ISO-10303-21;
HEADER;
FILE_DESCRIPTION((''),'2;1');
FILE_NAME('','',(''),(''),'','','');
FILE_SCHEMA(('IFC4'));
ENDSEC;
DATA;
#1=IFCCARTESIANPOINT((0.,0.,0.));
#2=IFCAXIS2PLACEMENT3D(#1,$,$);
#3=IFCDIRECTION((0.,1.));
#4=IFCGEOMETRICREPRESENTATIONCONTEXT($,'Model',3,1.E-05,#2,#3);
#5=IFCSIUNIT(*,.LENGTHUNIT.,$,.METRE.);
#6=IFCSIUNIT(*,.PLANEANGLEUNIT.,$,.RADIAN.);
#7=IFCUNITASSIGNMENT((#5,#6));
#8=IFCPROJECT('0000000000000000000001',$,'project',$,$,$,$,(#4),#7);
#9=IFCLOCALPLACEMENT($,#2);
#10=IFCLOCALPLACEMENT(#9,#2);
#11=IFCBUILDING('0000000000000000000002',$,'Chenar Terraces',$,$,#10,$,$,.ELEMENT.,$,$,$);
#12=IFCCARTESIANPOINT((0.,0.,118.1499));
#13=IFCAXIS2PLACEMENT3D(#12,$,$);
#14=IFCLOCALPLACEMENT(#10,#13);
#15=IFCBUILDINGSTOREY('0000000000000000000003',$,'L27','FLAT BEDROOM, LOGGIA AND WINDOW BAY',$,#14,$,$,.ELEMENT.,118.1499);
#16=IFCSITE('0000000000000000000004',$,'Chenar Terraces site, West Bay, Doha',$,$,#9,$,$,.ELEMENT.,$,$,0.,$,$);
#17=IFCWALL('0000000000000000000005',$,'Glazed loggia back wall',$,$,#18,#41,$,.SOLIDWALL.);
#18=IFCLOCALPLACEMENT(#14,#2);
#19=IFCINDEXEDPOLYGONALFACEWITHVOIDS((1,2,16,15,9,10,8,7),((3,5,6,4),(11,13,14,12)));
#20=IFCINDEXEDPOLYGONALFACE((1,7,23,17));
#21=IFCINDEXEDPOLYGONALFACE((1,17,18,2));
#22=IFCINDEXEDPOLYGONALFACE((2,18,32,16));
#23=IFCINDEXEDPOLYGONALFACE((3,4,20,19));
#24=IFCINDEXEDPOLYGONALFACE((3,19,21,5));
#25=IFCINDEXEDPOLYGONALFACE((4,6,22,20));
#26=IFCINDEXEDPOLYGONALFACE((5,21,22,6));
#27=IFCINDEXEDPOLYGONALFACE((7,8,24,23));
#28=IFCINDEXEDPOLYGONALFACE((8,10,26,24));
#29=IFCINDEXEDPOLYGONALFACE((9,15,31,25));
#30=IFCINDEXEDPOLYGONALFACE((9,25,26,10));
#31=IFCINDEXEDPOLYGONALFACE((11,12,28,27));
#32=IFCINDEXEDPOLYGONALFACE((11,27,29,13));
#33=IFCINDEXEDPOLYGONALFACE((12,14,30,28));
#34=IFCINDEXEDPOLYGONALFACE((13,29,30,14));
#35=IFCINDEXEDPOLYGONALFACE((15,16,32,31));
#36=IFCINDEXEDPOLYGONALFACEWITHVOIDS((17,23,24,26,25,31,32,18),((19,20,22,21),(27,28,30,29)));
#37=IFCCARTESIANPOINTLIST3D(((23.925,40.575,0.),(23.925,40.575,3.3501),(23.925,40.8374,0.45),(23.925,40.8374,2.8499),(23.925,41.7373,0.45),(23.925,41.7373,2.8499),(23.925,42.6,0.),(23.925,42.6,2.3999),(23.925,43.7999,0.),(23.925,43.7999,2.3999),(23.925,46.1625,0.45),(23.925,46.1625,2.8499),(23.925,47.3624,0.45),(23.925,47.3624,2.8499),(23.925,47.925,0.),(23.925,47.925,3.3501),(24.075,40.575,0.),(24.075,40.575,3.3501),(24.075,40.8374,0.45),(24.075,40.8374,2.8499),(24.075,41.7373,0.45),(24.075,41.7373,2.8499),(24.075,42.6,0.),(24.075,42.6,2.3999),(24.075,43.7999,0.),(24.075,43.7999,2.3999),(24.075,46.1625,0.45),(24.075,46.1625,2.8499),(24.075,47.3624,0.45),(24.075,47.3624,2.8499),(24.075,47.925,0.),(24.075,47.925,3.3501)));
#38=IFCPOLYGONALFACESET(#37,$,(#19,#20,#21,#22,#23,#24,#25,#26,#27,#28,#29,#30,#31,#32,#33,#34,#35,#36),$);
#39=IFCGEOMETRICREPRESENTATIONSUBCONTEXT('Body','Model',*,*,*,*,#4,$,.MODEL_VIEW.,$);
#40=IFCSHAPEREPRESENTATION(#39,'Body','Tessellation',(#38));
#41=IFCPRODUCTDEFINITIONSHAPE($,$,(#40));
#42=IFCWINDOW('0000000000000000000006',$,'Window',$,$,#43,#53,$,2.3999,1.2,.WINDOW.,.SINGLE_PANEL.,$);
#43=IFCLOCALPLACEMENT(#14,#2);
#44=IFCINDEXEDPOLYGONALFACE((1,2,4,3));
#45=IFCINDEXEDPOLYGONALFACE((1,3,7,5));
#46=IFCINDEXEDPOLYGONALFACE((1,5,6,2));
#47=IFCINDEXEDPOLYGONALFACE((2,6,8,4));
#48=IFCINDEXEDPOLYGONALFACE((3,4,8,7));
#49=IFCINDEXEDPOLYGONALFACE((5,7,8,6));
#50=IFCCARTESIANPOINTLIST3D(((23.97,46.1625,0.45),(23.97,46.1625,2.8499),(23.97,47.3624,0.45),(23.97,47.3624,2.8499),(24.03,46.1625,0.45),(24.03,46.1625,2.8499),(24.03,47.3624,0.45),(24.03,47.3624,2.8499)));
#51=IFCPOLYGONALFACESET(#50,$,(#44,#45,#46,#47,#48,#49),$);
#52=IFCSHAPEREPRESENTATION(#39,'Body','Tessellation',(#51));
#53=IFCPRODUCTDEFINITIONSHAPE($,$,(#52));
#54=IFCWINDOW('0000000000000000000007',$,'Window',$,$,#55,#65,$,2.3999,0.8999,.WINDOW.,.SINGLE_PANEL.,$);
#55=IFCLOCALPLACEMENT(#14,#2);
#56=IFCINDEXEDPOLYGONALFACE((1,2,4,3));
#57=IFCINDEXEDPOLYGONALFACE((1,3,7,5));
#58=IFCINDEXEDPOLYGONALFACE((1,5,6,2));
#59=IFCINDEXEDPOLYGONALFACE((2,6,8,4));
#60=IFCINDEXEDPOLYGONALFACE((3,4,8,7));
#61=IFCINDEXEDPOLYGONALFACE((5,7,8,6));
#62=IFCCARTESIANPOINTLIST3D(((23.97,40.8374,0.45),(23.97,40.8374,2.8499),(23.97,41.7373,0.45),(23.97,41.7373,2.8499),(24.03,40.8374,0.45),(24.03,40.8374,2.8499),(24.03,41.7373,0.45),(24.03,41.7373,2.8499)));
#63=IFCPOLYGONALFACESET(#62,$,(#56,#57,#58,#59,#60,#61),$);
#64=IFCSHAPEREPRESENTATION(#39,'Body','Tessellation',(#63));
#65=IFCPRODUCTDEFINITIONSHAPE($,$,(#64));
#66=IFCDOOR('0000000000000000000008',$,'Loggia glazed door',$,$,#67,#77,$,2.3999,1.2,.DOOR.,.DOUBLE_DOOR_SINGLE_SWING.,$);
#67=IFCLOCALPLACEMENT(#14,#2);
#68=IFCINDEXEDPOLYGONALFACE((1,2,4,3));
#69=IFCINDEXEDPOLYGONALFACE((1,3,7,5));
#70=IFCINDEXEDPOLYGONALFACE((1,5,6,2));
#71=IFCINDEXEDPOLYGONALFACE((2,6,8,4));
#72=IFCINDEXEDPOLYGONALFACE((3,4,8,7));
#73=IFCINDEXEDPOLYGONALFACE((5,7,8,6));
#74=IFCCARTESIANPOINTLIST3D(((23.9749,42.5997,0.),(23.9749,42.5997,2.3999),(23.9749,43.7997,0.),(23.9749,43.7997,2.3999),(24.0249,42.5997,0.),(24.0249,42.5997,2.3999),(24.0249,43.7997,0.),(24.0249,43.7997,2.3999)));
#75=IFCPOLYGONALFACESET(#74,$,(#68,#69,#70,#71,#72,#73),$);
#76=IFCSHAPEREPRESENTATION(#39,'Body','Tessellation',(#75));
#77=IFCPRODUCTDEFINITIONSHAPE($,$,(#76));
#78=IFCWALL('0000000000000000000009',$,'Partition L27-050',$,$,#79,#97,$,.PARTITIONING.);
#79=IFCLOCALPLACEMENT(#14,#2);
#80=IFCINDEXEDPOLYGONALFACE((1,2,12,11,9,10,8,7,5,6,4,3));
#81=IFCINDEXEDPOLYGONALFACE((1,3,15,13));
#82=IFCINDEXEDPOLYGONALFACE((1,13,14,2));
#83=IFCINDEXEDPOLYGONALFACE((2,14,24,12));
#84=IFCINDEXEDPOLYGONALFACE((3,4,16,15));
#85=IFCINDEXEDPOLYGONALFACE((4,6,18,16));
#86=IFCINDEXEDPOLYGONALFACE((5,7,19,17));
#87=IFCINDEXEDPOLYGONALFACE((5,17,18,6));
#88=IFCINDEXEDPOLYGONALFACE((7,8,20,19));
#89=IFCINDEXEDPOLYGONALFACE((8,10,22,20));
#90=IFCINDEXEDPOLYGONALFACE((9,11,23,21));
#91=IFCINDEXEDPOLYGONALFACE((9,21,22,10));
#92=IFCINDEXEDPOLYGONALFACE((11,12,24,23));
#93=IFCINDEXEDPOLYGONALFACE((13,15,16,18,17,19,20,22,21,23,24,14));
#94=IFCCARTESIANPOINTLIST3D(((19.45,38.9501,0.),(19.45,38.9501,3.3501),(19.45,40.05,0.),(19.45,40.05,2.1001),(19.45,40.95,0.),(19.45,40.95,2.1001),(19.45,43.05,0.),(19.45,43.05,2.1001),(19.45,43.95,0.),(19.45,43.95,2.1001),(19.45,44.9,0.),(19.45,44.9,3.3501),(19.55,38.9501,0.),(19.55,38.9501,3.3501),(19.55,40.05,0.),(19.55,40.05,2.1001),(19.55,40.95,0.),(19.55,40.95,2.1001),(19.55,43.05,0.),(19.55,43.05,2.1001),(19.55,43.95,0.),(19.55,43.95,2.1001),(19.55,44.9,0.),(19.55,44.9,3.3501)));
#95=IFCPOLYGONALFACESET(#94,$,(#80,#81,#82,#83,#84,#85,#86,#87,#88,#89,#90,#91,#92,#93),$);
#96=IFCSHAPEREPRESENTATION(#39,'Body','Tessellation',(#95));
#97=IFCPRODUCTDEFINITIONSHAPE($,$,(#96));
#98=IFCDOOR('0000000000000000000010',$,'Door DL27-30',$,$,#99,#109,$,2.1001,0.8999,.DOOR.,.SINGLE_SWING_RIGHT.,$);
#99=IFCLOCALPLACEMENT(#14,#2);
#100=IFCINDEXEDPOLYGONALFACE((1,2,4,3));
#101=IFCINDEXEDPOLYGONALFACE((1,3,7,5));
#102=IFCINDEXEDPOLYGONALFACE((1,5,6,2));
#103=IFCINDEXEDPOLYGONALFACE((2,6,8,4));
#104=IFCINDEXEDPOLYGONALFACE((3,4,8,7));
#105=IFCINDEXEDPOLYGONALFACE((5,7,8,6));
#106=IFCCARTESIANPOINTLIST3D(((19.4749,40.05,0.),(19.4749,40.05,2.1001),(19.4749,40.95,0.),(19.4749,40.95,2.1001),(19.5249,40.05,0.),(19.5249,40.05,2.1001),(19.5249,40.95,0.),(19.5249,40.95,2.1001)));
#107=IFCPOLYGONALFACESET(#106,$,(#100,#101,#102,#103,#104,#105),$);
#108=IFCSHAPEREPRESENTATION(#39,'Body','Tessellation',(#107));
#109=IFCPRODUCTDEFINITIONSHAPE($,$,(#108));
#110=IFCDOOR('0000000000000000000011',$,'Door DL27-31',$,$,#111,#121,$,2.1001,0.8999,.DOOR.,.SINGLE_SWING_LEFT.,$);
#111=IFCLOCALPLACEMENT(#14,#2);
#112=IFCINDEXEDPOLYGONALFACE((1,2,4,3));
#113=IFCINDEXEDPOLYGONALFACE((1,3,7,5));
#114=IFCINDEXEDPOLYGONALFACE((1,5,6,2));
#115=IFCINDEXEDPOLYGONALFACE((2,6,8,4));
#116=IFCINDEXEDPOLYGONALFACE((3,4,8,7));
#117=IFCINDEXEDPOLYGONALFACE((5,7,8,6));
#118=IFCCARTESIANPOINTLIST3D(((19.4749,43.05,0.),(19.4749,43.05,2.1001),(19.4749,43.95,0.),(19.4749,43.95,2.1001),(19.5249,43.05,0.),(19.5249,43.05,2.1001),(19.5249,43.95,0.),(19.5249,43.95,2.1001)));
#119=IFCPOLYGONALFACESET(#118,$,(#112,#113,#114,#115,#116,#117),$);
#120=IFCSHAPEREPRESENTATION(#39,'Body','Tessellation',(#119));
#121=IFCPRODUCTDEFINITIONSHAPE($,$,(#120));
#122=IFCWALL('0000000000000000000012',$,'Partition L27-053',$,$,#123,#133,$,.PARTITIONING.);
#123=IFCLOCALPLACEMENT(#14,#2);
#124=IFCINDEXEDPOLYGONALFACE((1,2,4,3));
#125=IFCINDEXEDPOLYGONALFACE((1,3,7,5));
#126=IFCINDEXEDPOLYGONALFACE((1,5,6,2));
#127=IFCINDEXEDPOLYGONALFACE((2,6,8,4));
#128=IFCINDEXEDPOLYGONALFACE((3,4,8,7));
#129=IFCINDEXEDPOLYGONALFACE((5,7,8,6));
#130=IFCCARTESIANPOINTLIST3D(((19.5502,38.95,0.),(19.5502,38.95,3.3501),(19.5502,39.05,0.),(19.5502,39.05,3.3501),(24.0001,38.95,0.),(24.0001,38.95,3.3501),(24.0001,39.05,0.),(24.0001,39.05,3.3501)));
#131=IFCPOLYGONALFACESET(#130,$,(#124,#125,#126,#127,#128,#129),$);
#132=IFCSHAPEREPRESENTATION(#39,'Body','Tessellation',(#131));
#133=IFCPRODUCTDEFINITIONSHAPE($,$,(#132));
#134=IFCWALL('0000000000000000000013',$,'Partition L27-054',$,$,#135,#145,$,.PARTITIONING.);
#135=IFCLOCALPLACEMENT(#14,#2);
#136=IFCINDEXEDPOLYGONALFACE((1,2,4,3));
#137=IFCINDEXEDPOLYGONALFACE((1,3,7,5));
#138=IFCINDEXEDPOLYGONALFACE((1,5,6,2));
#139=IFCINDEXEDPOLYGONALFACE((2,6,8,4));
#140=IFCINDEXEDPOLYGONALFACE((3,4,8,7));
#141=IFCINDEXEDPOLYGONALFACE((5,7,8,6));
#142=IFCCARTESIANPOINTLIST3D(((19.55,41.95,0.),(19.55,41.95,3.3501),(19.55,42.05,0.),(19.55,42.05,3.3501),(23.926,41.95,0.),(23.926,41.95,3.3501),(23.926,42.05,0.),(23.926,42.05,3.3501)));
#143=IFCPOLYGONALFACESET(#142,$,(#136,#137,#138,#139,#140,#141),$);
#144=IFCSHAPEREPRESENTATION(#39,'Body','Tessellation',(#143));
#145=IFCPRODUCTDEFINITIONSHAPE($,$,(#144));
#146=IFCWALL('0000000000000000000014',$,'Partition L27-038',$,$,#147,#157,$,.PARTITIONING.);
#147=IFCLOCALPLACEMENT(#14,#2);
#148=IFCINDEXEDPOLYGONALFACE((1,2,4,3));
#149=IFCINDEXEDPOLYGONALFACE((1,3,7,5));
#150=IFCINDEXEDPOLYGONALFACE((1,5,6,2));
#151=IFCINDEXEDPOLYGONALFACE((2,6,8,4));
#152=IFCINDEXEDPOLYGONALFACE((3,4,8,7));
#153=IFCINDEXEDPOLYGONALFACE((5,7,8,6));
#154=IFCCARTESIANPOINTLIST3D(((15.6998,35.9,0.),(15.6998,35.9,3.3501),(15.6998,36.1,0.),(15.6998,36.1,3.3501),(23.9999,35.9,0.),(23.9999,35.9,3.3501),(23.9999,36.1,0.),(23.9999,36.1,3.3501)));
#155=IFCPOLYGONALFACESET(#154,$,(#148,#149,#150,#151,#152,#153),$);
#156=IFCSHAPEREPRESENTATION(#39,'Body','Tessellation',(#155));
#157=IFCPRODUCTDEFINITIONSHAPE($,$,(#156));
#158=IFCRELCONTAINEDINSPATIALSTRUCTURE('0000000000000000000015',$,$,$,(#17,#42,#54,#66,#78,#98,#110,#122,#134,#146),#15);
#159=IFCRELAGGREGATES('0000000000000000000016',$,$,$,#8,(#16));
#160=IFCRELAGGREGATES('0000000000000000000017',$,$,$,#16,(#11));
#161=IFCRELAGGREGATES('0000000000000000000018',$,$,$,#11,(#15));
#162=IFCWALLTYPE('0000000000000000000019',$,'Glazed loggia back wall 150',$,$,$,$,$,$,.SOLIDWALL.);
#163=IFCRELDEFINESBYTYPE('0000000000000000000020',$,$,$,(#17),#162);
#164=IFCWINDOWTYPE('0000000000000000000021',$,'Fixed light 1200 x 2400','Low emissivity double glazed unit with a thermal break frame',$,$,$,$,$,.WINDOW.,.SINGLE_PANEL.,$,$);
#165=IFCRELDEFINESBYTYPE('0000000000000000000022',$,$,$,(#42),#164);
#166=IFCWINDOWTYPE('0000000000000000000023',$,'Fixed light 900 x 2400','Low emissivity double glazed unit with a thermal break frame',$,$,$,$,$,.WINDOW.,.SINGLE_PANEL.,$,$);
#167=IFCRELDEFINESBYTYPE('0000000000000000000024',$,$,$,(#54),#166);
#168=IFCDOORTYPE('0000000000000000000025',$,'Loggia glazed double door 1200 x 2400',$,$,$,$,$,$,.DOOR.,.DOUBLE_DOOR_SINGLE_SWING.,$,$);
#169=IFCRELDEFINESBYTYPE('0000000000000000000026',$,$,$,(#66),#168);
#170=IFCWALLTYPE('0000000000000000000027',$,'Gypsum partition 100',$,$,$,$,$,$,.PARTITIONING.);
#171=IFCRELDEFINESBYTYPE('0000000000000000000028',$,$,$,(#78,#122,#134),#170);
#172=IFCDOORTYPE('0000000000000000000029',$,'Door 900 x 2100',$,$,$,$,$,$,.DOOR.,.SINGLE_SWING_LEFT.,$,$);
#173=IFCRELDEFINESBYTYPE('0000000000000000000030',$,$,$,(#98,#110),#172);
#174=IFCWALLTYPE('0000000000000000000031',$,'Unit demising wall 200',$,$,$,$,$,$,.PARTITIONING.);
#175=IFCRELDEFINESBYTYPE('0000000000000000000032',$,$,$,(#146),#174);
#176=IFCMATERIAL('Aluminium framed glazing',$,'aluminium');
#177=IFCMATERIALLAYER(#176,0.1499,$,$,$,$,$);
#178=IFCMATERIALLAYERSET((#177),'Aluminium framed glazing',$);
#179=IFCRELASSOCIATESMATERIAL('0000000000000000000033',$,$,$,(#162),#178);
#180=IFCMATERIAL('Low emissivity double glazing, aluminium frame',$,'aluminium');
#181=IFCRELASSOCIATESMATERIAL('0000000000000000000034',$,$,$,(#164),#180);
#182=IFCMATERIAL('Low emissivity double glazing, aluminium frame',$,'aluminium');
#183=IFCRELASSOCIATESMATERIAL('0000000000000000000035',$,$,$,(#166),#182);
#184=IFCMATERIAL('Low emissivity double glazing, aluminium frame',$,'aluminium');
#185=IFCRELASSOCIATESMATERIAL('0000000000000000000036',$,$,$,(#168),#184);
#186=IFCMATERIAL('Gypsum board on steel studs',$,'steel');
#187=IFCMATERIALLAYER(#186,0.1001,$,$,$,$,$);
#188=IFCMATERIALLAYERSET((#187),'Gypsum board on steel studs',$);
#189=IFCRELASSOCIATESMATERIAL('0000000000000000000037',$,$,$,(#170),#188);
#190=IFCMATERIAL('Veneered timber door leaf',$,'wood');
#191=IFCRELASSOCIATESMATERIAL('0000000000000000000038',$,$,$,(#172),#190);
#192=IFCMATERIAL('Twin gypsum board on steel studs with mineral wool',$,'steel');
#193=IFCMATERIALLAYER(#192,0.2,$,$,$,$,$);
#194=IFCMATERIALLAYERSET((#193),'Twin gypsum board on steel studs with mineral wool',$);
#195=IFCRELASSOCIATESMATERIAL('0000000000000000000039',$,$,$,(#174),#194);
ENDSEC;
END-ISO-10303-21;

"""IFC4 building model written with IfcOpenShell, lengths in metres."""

from ifc_helpers import new_model, si_unit, direction, frame, frame_2d, origin, place, context, subcontext, project, spatial, rectangle, extrude, material, layer, layer_set, type_object, element, fill, save


model = new_model("IFC4")

# Units and contexts
model_context = context("Model", 3, precision=1e-05, world=origin(), true_north=direction((0.0, 1.0)))
body_context = subcontext(model_context, "Body", "Model", "MODEL_VIEW")
ifc_project = project(units=[si_unit("LENGTHUNIT", "METRE"), si_unit("PLANEANGLEUNIT", "RADIAN")], contexts=[model_context])

# Site, building, storey
site_placement = place(None, origin())
site = spatial("IfcSite", under=ifc_project, at=site_placement, Name="Chenar Terraces site, West Bay, Doha", CompositionType="ELEMENT", RefElevation=0.0)
building_placement = place(site_placement, origin())
building = spatial("IfcBuilding", under=site, at=building_placement, Name="Chenar Terraces", CompositionType="ELEMENT")
storey_placement = place(building_placement, frame((0.0, 0.0, 118.1499)))
storey = spatial("IfcBuildingStorey", under=building, at=storey_placement, Name="L27", Description="FLAT BEDROOM, LOGGIA AND WINDOW BAY", CompositionType="ELEMENT", Elevation=118.1499)

# Wall, openings, windows, door
ifc_material_1 = material(Name="Aluminium framed glazing", Category="aluminium")
ifc_layer_1 = layer(ifc_material_1, 0.1499)
ifc_layer_set_1 = layer_set([ifc_layer_1], Name="Aluminium framed glazing")
wall_type_1 = type_object("IfcWallType", Name="Glazed loggia back wall 150", PredefinedType="SOLIDWALL", material=ifc_layer_set_1)
wall_1_placement = place(storey_placement, frame((24.0, 40.575, 0.0), z_axis=(0.0, 0.0, 1.0), x_axis=(0.0, 1.0, 0.0)))
wall_1 = element("IfcWall", 1, at=wall_1_placement, inside=storey, type_object=wall_type_1, Name="Glazed loggia back wall", PredefinedType="SOLIDWALL", context=body_context, shape_type="SweptSolid", body=[
    extrude(rectangle(XDim=7.3501, YDim=0.1499, at=frame_2d((3.675, 0.0))), origin(), (0.0, 0.0, 1.0), 3.3501),
])
opening_1_placement = place(wall_1_placement, frame((0.2625, 0.0, 0.45)))
opening_1 = element("IfcOpeningElement", 2, at=opening_1_placement, cuts=wall_1, PredefinedType="OPENING", context=body_context, shape_type="SweptSolid", body=[
    extrude(rectangle(XDim=0.8999, YDim=2.3999, at=frame_2d((0.45, 1.2))), frame((0.0, 0.085, 0.0), z_axis=(0.0, -1.0, 0.0), x_axis=(1.0, 0.0, 0.0)), (0.0, 0.0, 1.0), 0.1699),
])
opening_2_placement = place(wall_1_placement, frame((2.0249, 0.0, 0.0)))
opening_2 = element("IfcOpeningElement", 3, at=opening_2_placement, cuts=wall_1, PredefinedType="OPENING", context=body_context, shape_type="SweptSolid", body=[
    extrude(rectangle(XDim=1.2, YDim=2.3999, at=frame_2d((0.6001, 1.2))), frame((0.0, 0.085, 0.0), z_axis=(0.0, -1.0, 0.0), x_axis=(1.0, 0.0, 0.0)), (0.0, 0.0, 1.0), 0.1699),
])
opening_3_placement = place(wall_1_placement, frame((5.5874, 0.0, 0.45)))
opening_3 = element("IfcOpeningElement", 4, at=opening_3_placement, cuts=wall_1, PredefinedType="OPENING", context=body_context, shape_type="SweptSolid", body=[
    extrude(rectangle(XDim=1.2, YDim=2.3999, at=frame_2d((0.6001, 1.2))), frame((0.0, 0.085, 0.0), z_axis=(0.0, -1.0, 0.0), x_axis=(1.0, 0.0, 0.0)), (0.0, 0.0, 1.0), 0.1699),
])
ifc_material_2 = material(Name="Low emissivity double glazing, aluminium frame", Category="aluminium")
window_type_1 = type_object("IfcWindowType", Name="Fixed light 1200 x 2400", Description="Low emissivity double glazed unit with a thermal break frame", PartitioningType="SINGLE_PANEL", PredefinedType="WINDOW", material=ifc_material_2)
window_1_placement = place(opening_3_placement, origin())
window_1 = element("IfcWindow", 5, at=window_1_placement, inside=storey, type_object=window_type_1, Name="Window", OverallHeight=2.3999, OverallWidth=1.2, PartitioningType="SINGLE_PANEL", PredefinedType="WINDOW", context=body_context, shape_type="SweptSolid", body=[
    extrude(rectangle(XDim=1.2, YDim=2.3999, at=frame_2d((0.6001, 1.2))), frame((0.0, 0.03, 0.0), z_axis=(0.0, -1.0, 0.0), x_axis=(1.0, 0.0, 0.0)), (0.0, 0.0, 1.0), 0.0601),
])
fill(opening_3, window_1)
ifc_material_3 = material(Name="Low emissivity double glazing, aluminium frame", Category="aluminium")
window_type_2 = type_object("IfcWindowType", Name="Fixed light 900 x 2400", Description="Low emissivity double glazed unit with a thermal break frame", PartitioningType="SINGLE_PANEL", PredefinedType="WINDOW", material=ifc_material_3)
window_2_placement = place(opening_1_placement, origin())
window_2 = element("IfcWindow", 6, at=window_2_placement, inside=storey, type_object=window_type_2, Name="Window", OverallHeight=2.3999, OverallWidth=0.8999, PartitioningType="SINGLE_PANEL", PredefinedType="WINDOW", context=body_context, shape_type="SweptSolid", body=[
    extrude(rectangle(XDim=0.8999, YDim=2.3999, at=frame_2d((0.45, 1.2))), frame((0.0, 0.03, 0.0), z_axis=(0.0, -1.0, 0.0), x_axis=(1.0, 0.0, 0.0)), (0.0, 0.0, 1.0), 0.0601),
])
fill(opening_1, window_2)
ifc_material_4 = material(Name="Low emissivity double glazing, aluminium frame", Category="aluminium")
door_type_1 = type_object("IfcDoorType", Name="Loggia glazed double door 1200 x 2400", OperationType="DOUBLE_DOOR_SINGLE_SWING", PredefinedType="DOOR", material=ifc_material_4)
door_1_placement = place(opening_2_placement, frame((1.2, 0.0, 0.0), z_axis=(0.0, 0.0, 1.0), x_axis=(-1.0, 0.0, 0.0)))
door_1 = element("IfcDoor", 7, at=door_1_placement, inside=storey, type_object=door_type_1, Name="Loggia glazed door", OperationType="DOUBLE_DOOR_SINGLE_SWING", OverallHeight=2.3999, OverallWidth=1.2, PredefinedType="DOOR", context=body_context, shape_type="SweptSolid", body=[
    extrude(rectangle(XDim=1.2, YDim=2.3999, at=frame_2d((0.6001, 1.2))), frame((0.0, 0.0249, 0.0), z_axis=(0.0, -1.0, 0.0), x_axis=(1.0, 0.0, 0.0)), (0.0, 0.0, 1.0), 0.05),
])
fill(opening_2, door_1)

# Wall, openings, doors
ifc_material_5 = material(Name="Gypsum board on steel studs", Category="steel")
ifc_layer_2 = layer(ifc_material_5, 0.1001)
ifc_layer_set_2 = layer_set([ifc_layer_2], Name="Gypsum board on steel studs")
wall_type_2 = type_object("IfcWallType", Name="Gypsum partition 100", PredefinedType="PARTITIONING", material=ifc_layer_set_2)
wall_2_placement = place(storey_placement, frame((19.5, 38.95, 0.0), z_axis=(0.0, 0.0, 1.0), x_axis=(0.0, 1.0, 0.0)))
wall_2 = element("IfcWall", 8, at=wall_2_placement, inside=storey, type_object=wall_type_2, Name="Partition L27-050", PredefinedType="PARTITIONING", context=body_context, shape_type="SweptSolid", body=[
    extrude(rectangle(XDim=5.95, YDim=0.1001, at=frame_2d((2.9751, 0.0))), origin(), (0.0, 0.0, 1.0), 3.3501),
])
opening_4_placement = place(wall_2_placement, frame((1.1001, 0.0, 0.0)))
opening_4 = element("IfcOpeningElement", 9, at=opening_4_placement, cuts=wall_2, PredefinedType="OPENING", context=body_context, shape_type="SweptSolid", body=[
    extrude(rectangle(XDim=0.8999, YDim=2.1001, at=frame_2d((0.45, 1.05))), frame((0.0, 0.0601, 0.0), z_axis=(0.0, -1.0, 0.0), x_axis=(1.0, 0.0, 0.0)), (0.0, 0.0, 1.0), 0.1201),
])
opening_5_placement = place(wall_2_placement, frame((4.1001, 0.0, 0.0)))
opening_5 = element("IfcOpeningElement", 10, at=opening_5_placement, cuts=wall_2, PredefinedType="OPENING", context=body_context, shape_type="SweptSolid", body=[
    extrude(rectangle(XDim=0.8999, YDim=2.1001, at=frame_2d((0.45, 1.05))), frame((0.0, 0.0601, 0.0), z_axis=(0.0, -1.0, 0.0), x_axis=(1.0, 0.0, 0.0)), (0.0, 0.0, 1.0), 0.1201),
])
ifc_material_6 = material(Name="Veneered timber door leaf", Category="wood")
door_type_2 = type_object("IfcDoorType", Name="Door 900 x 2100", OperationType="SINGLE_SWING_LEFT", PredefinedType="DOOR", material=ifc_material_6)
door_2_placement = place(opening_4_placement, frame((0.8999, 0.0, 0.0), z_axis=(0.0, 0.0, 1.0), x_axis=(-1.0, 0.0, 0.0)))
door_2 = element("IfcDoor", 11, at=door_2_placement, inside=storey, type_object=door_type_2, Name="Door DL27-30", OperationType="SINGLE_SWING_RIGHT", OverallHeight=2.1001, OverallWidth=0.8999, PredefinedType="DOOR", context=body_context, shape_type="SweptSolid", body=[
    extrude(rectangle(XDim=0.8999, YDim=2.1001, at=frame_2d((0.45, 1.05))), frame((0.0, 0.0249, 0.0), z_axis=(0.0, -1.0, 0.0), x_axis=(1.0, 0.0, 0.0)), (0.0, 0.0, 1.0), 0.05),
])
fill(opening_4, door_2)
door_3_placement = place(opening_5_placement, frame((0.8999, 0.0, 0.0), z_axis=(0.0, 0.0, 1.0), x_axis=(-1.0, 0.0, 0.0)))
door_3 = element("IfcDoor", 12, at=door_3_placement, inside=storey, type_object=door_type_2, Name="Door DL27-31", OperationType="SINGLE_SWING_LEFT", OverallHeight=2.1001, OverallWidth=0.8999, PredefinedType="DOOR", context=body_context, shape_type="SweptSolid", body=[
    extrude(rectangle(XDim=0.8999, YDim=2.1001, at=frame_2d((0.45, 1.05))), frame((0.0, 0.0249, 0.0), z_axis=(0.0, -1.0, 0.0), x_axis=(1.0, 0.0, 0.0)), (0.0, 0.0, 1.0), 0.05),
])
fill(opening_5, door_3)

# Walls
wall_3_placement = place(storey_placement, frame((19.55, 39.0, 0.0), z_axis=(0.0, 0.0, 1.0), x_axis=(1.0, 0.0, 0.0)))
element("IfcWall", 13, at=wall_3_placement, inside=storey, type_object=wall_type_2, Name="Partition L27-053", PredefinedType="PARTITIONING", context=body_context, shape_type="SweptSolid", body=[
    extrude(rectangle(XDim=4.45, YDim=0.1001, at=frame_2d((2.2251, 0.0))), origin(), (0.0, 0.0, 1.0), 3.3501),
])
wall_4_placement = place(storey_placement, frame((19.55, 42.0, 0.0), z_axis=(0.0, 0.0, 1.0), x_axis=(1.0, 0.0, 0.0)))
element("IfcWall", 14, at=wall_4_placement, inside=storey, type_object=wall_type_2, Name="Partition L27-054", PredefinedType="PARTITIONING", context=body_context, shape_type="SweptSolid", body=[
    extrude(rectangle(XDim=4.376, YDim=0.1001, at=frame_2d((2.188, 0.0))), origin(), (0.0, 0.0, 1.0), 3.3501),
])
ifc_material_7 = material(Name="Twin gypsum board on steel studs with mineral wool", Category="steel")
ifc_layer_3 = layer(ifc_material_7, 0.2)
ifc_layer_set_3 = layer_set([ifc_layer_3], Name="Twin gypsum board on steel studs with mineral wool")
wall_type_3 = type_object("IfcWallType", Name="Unit demising wall 200", PredefinedType="PARTITIONING", material=ifc_layer_set_3)
wall_5_placement = place(storey_placement, frame((15.7, 36.0, 0.0), z_axis=(0.0, 0.0, 1.0), x_axis=(1.0, 0.0, 0.0)))
element("IfcWall", 15, at=wall_5_placement, inside=storey, type_object=wall_type_3, Name="Partition L27-038", PredefinedType="PARTITIONING", context=body_context, shape_type="SweptSolid", body=[
    extrude(rectangle(XDim=8.3, YDim=0.2, at=frame_2d((4.1499, 0.0))), origin(), (0.0, 0.0, 1.0), 3.3501),
])

save(model, "model.ifc")
